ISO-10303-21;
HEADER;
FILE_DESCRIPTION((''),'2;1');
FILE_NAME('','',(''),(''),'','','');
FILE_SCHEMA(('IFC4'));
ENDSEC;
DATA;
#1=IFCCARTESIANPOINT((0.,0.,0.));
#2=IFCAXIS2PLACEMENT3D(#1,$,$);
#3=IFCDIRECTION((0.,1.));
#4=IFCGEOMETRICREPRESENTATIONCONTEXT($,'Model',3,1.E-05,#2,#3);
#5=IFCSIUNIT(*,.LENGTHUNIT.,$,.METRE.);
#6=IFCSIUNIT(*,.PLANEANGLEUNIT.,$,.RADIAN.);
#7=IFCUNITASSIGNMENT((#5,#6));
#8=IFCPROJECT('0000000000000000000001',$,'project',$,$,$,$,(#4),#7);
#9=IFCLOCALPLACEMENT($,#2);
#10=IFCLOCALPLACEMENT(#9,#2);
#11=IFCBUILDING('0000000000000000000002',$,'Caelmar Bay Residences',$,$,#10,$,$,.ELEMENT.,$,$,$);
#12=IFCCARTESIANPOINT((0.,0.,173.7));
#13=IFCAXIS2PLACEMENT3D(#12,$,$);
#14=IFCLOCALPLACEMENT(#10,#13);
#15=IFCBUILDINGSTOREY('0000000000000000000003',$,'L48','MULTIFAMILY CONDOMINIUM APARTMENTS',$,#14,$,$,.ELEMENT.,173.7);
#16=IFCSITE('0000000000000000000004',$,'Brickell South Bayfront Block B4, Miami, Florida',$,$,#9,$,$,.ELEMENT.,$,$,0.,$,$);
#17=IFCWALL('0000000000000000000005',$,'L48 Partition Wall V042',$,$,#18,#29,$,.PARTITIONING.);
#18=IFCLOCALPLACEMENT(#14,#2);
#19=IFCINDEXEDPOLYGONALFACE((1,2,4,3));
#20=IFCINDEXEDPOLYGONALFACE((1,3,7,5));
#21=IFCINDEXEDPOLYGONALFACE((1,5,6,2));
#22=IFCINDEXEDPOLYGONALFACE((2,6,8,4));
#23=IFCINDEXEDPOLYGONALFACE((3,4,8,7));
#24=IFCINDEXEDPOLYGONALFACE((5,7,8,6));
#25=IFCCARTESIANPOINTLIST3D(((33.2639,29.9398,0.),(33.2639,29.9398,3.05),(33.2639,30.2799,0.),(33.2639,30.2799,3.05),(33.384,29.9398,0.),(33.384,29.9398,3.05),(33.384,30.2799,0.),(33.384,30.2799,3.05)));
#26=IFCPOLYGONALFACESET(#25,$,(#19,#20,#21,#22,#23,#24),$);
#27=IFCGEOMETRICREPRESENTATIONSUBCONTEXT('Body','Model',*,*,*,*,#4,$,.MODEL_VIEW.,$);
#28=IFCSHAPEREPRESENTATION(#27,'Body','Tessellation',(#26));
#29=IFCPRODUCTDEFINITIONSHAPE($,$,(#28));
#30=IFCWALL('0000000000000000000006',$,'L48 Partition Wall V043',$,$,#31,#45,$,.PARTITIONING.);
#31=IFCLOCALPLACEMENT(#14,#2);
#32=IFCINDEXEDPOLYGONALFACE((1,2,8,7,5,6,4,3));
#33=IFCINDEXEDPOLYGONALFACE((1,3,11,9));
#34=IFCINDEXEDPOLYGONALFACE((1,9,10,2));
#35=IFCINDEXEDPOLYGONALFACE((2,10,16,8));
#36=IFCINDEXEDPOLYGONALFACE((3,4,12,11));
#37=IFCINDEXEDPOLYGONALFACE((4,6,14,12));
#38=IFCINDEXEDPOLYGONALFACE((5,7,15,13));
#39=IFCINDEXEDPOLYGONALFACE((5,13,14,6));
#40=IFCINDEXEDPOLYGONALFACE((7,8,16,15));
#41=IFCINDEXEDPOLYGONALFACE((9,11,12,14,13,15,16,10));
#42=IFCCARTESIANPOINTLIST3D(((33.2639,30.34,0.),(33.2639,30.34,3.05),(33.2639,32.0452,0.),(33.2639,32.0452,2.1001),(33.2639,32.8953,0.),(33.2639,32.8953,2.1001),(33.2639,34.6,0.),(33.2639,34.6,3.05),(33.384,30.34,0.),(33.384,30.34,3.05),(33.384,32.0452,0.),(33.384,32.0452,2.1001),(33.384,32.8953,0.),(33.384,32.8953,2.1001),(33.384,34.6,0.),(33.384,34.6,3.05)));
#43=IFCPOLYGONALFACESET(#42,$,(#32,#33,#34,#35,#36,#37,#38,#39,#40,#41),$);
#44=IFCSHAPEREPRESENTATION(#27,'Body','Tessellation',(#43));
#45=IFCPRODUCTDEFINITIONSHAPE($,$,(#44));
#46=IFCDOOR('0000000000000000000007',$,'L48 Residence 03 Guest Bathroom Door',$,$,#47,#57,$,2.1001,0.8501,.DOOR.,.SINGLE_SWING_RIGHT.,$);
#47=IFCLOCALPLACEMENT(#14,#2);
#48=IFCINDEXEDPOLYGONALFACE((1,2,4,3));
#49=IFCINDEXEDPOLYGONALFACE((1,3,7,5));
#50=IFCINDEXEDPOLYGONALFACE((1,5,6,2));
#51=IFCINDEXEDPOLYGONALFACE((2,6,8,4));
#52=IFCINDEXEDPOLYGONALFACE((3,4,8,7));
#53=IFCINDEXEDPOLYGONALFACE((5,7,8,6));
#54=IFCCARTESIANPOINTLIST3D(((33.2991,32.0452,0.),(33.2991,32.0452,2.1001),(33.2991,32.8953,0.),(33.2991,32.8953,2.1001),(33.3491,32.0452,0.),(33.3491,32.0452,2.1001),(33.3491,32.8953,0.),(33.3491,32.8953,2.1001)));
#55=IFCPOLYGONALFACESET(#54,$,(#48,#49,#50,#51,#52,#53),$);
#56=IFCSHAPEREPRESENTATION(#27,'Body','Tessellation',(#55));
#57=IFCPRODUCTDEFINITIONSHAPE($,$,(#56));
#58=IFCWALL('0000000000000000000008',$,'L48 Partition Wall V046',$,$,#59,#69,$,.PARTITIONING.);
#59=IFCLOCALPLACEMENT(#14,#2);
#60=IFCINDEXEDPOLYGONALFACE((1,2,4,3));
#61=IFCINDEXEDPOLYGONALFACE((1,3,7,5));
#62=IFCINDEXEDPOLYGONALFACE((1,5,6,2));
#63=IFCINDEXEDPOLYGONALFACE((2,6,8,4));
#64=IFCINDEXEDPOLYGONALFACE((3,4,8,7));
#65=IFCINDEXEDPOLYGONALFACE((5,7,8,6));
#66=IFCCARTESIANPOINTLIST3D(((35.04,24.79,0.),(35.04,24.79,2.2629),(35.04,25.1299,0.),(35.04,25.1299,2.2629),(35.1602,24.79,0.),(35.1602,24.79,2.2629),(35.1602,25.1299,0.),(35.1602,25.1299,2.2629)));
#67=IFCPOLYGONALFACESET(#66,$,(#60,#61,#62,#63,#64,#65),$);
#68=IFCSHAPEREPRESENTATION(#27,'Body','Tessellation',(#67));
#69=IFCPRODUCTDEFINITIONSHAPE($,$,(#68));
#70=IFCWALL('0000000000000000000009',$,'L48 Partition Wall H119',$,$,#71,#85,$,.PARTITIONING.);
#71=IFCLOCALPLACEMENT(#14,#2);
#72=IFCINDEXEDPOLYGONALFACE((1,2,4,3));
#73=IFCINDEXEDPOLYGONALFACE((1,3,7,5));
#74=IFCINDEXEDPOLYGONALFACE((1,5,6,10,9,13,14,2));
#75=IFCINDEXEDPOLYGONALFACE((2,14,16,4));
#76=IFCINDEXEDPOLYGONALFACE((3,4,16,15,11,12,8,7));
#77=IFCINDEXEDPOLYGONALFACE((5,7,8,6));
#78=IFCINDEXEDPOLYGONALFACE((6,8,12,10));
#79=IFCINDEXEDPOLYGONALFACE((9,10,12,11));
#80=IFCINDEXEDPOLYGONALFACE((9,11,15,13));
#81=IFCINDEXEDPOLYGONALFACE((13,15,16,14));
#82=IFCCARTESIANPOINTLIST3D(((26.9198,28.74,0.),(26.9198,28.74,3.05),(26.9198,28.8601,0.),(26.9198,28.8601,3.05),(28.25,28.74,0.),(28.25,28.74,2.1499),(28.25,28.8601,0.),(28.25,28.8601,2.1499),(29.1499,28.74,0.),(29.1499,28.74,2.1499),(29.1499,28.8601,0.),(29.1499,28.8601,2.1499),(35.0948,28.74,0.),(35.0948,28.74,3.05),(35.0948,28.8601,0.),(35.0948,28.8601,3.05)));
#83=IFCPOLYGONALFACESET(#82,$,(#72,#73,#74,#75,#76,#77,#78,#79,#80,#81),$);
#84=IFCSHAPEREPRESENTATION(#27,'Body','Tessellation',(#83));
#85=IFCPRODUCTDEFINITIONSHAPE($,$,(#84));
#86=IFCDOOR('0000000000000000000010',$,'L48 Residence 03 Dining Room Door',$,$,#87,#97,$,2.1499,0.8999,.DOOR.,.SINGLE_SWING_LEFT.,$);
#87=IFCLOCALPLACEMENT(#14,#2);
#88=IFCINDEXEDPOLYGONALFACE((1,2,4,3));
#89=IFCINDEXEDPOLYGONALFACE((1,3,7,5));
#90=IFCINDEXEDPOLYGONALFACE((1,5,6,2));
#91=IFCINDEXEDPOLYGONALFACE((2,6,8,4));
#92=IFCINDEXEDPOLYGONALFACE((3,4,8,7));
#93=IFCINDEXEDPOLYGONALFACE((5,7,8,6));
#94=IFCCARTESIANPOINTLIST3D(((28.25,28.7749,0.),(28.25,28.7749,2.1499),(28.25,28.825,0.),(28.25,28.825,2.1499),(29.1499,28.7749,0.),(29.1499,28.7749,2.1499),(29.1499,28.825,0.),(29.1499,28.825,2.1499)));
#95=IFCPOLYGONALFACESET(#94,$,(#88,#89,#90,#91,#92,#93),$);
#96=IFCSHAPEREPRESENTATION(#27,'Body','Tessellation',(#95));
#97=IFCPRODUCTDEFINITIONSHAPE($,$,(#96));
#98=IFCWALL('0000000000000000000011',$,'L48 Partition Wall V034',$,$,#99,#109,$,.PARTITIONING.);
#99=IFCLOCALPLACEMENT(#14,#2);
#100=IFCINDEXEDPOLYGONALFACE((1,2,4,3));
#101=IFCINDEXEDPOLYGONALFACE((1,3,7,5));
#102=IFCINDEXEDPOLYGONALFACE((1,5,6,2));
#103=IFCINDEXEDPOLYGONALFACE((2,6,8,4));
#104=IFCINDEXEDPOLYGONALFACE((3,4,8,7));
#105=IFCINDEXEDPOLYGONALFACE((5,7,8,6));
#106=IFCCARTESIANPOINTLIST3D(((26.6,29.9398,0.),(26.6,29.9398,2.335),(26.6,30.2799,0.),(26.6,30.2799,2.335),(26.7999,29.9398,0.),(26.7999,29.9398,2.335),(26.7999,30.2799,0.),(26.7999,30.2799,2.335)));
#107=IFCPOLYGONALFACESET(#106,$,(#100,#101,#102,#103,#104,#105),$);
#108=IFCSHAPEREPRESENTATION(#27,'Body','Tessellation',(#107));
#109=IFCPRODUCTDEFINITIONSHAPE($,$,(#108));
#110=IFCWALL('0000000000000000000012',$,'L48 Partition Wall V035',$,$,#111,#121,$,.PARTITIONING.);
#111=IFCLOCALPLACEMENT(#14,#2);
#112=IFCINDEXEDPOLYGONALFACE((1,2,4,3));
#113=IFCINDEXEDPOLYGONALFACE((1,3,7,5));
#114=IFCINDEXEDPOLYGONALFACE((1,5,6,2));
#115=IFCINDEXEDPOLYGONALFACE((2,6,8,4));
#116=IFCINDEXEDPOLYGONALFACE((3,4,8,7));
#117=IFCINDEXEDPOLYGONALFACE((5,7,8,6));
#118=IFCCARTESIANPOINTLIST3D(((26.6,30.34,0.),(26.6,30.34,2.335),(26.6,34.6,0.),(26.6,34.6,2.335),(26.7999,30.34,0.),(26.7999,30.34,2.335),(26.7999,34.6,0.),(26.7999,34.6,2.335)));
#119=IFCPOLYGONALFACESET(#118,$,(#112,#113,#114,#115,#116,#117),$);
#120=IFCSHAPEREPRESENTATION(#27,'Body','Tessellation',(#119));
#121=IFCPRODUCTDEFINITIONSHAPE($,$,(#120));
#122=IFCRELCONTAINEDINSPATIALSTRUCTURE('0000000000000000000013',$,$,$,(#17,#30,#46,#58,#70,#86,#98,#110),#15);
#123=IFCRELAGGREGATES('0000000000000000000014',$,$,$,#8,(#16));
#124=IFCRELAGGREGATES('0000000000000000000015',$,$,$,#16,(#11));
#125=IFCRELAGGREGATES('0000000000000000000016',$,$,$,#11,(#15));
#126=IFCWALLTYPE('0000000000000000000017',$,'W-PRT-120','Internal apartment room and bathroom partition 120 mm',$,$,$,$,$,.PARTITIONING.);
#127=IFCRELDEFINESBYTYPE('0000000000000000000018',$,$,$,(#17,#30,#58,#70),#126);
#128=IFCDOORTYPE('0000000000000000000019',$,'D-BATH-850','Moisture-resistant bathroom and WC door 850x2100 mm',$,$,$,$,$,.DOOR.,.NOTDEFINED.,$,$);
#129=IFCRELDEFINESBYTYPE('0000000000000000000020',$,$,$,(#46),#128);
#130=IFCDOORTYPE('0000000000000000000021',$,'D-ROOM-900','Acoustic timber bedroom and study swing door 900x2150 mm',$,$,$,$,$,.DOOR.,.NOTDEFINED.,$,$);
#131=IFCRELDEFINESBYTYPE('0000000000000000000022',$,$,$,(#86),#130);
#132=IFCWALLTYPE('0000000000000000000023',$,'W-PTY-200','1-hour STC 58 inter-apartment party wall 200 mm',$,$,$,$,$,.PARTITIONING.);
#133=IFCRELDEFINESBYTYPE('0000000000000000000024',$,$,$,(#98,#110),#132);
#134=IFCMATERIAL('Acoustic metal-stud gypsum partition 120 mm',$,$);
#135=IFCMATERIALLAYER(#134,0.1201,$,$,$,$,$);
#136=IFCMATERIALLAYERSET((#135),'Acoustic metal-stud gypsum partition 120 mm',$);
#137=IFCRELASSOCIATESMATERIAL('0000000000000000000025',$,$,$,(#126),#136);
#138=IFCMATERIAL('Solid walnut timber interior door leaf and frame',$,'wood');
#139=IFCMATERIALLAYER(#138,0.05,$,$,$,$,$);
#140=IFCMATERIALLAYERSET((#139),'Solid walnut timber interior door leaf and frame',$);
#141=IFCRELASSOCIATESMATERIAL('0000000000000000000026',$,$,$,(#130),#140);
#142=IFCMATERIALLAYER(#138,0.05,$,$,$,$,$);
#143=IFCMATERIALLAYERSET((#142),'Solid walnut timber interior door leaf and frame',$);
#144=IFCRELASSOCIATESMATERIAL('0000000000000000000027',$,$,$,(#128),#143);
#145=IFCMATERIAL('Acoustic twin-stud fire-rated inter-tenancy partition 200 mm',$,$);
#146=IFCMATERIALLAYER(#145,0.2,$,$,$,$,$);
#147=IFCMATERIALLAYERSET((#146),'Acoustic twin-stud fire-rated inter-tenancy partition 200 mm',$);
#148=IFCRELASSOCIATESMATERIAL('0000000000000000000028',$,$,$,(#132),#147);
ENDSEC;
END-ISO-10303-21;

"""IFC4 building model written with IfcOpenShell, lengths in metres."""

from ifc_helpers import new_model, si_unit, direction, frame, frame_2d, origin, place, context, subcontext, project, spatial, rectangle, extrude, material, layer, layer_set, type_object, element, fill, save


model = new_model("IFC4")

# Units and contexts
model_context = context("Model", 3, precision=1e-05, world=origin(), true_north=direction((0.0, 1.0)))
body_context = subcontext(model_context, "Body", "Model", "MODEL_VIEW")
ifc_project = project(units=[si_unit("LENGTHUNIT", "METRE"), si_unit("PLANEANGLEUNIT", "RADIAN")], contexts=[model_context])

# Site, building, storey
site_placement = place(None, origin())
site = spatial("IfcSite", under=ifc_project, at=site_placement, Name="Brickell South Bayfront Block B4, Miami, Florida", CompositionType="ELEMENT", RefElevation=0.0)
building_placement = place(site_placement, origin())
building = spatial("IfcBuilding", under=site, at=building_placement, Name="Caelmar Bay Residences", CompositionType="ELEMENT")
storey_placement = place(building_placement, frame((0.0, 0.0, 173.7)))
storey = spatial("IfcBuildingStorey", under=building, at=storey_placement, Name="L48", Description="MULTIFAMILY CONDOMINIUM APARTMENTS", CompositionType="ELEMENT", Elevation=173.7)

# Shared definitions
ifc_material_1 = material(Name="Acoustic metal-stud gypsum partition 120 mm")
ifc_layer_1 = layer(ifc_material_1, 0.1201)
ifc_layer_set_1 = layer_set([ifc_layer_1], Name="Acoustic metal-stud gypsum partition 120 mm")
wall_type_1 = type_object("IfcWallType", Name="W-PRT-120", Description="Internal apartment room and bathroom partition 120 mm", PredefinedType="PARTITIONING", material=ifc_layer_set_1)

# Shared definitions
ifc_material_2 = material(Name="Solid walnut timber interior door leaf and frame", Category="wood")
ifc_layer_2 = layer(ifc_material_2, 0.05)
ifc_layer_set_2 = layer_set([ifc_layer_2], Name="Solid walnut timber interior door leaf and frame")
door_type_1 = type_object("IfcDoorType", Name="D-ROOM-900", Description="Acoustic timber bedroom and study swing door 900x2150 mm", OperationType="NOTDEFINED", PredefinedType="DOOR", material=ifc_layer_set_2)

# Wall
wall_1_placement = place(storey_placement, frame((33.324, 29.9399, 0.0), z_axis=(0.0, 0.0, 1.0), x_axis=(0.0, 1.0, 0.0)))
element("IfcWall", 1, at=wall_1_placement, inside=storey, type_object=wall_type_1, Name="L48 Partition Wall V042", PredefinedType="PARTITIONING", context=body_context, shape_type="SweptSolid", body=[
    extrude(rectangle(XDim=0.3401, YDim=0.1201, at=frame_2d((0.1699, 0.0))), origin(), (0.0, 0.0, 1.0), 3.05),
])

# Wall, opening, door
wall_2_placement = place(storey_placement, frame((33.324, 30.3401, 0.0), z_axis=(0.0, 0.0, 1.0), x_axis=(0.0, 1.0, 0.0)))
wall_2 = element("IfcWall", 2, at=wall_2_placement, inside=storey, type_object=wall_type_1, Name="L48 Partition Wall V043", PredefinedType="PARTITIONING", context=body_context, shape_type="SweptSolid", body=[
    extrude(rectangle(XDim=4.26, YDim=0.1201, at=frame_2d((2.1299, 0.0))), origin(), (0.0, 0.0, 1.0), 3.05),
])
opening_1_placement = place(wall_2_placement, frame((1.7051, 0.0, 0.0)))
opening_1 = element("IfcOpeningElement", 3, at=opening_1_placement, cuts=wall_2, PredefinedType="OPENING", context=body_context, shape_type="SweptSolid", body=[
    extrude(rectangle(XDim=0.8501, YDim=2.1001, at=frame_2d((0.425, 1.05))), frame((0.0, 0.0701, 0.0), z_axis=(0.0, -1.0, 0.0), x_axis=(1.0, 0.0, 0.0)), (0.0, 0.0, 1.0), 0.1401),
])
ifc_layer_3 = layer(ifc_material_2, 0.05)
ifc_layer_set_3 = layer_set([ifc_layer_3], Name="Solid walnut timber interior door leaf and frame")
door_type_2 = type_object("IfcDoorType", Name="D-BATH-850", Description="Moisture-resistant bathroom and WC door 850x2100 mm", OperationType="NOTDEFINED", PredefinedType="DOOR", material=ifc_layer_set_3)
door_1_placement = place(opening_1_placement, origin())
door_1 = element("IfcDoor", 4, at=door_1_placement, inside=storey, type_object=door_type_2, Name="L48 Residence 03 Guest Bathroom Door", OperationType="SINGLE_SWING_RIGHT", OverallHeight=2.1001, OverallWidth=0.8501, PredefinedType="DOOR", context=body_context, shape_type="SweptSolid", body=[
    extrude(rectangle(XDim=0.8501, YDim=2.1001, at=frame_2d((0.425, 1.05))), frame((0.0, 0.0249, 0.0), z_axis=(0.0, -1.0, 0.0), x_axis=(1.0, 0.0, 0.0)), (0.0, 0.0, 1.0), 0.05),
])
fill(opening_1, door_1)

# Wall
wall_3_placement = place(storey_placement, frame((35.1001, 24.79, 0.0), z_axis=(0.0, 0.0, 1.0), x_axis=(0.0, 1.0, 0.0)))
element("IfcWall", 5, at=wall_3_placement, inside=storey, type_object=wall_type_1, Name="L48 Partition Wall V046", PredefinedType="PARTITIONING", context=body_context, shape_type="SweptSolid", body=[
    extrude(rectangle(XDim=0.3398, YDim=0.1201, at=frame_2d((0.1699, 0.0))), origin(), (0.0, 0.0, 1.0), 2.2629),
])

# Wall, opening, door
wall_4_placement = place(storey_placement, frame((26.9199, 28.8, 0.0), z_axis=(0.0, 0.0, 1.0), x_axis=(1.0, 0.0, 0.0)))
wall_4 = element("IfcWall", 6, at=wall_4_placement, inside=storey, type_object=wall_type_1, Name="L48 Partition Wall H119", PredefinedType="PARTITIONING", context=body_context, shape_type="SweptSolid", body=[
    extrude(rectangle(XDim=8.175, YDim=0.1201, at=frame_2d((4.0874, 0.0))), origin(), (0.0, 0.0, 1.0), 3.05),
])
opening_2_placement = place(wall_4_placement, frame((1.3301, 0.0, 0.0)))
opening_2 = element("IfcOpeningElement", 7, at=opening_2_placement, cuts=wall_4, PredefinedType="OPENING", context=body_context, shape_type="SweptSolid", body=[
    extrude(rectangle(XDim=0.8999, YDim=2.1499, at=frame_2d((0.45, 1.075))), frame((0.0, 0.0701, 0.0), z_axis=(0.0, -1.0, 0.0), x_axis=(1.0, 0.0, 0.0)), (0.0, 0.0, 1.0), 0.1401),
])
door_2_placement = place(opening_2_placement, origin())
door_2 = element("IfcDoor", 8, at=door_2_placement, inside=storey, type_object=door_type_1, Name="L48 Residence 03 Dining Room Door", OperationType="SINGLE_SWING_LEFT", OverallHeight=2.1499, OverallWidth=0.8999, PredefinedType="DOOR", context=body_context, shape_type="SweptSolid", body=[
    extrude(rectangle(XDim=0.8999, YDim=2.1499, at=frame_2d((0.45, 1.075))), frame((0.0, 0.0249, 0.0), z_axis=(0.0, -1.0, 0.0), x_axis=(1.0, 0.0, 0.0)), (0.0, 0.0, 1.0), 0.05),
])
fill(opening_2, door_2)

# Walls
ifc_material_3 = material(Name="Acoustic twin-stud fire-rated inter-tenancy partition 200 mm")
ifc_layer_4 = layer(ifc_material_3, 0.2)
ifc_layer_set_4 = layer_set([ifc_layer_4], Name="Acoustic twin-stud fire-rated inter-tenancy partition 200 mm")
wall_type_2 = type_object("IfcWallType", Name="W-PTY-200", Description="1-hour STC 58 inter-apartment party wall 200 mm", PredefinedType="PARTITIONING", material=ifc_layer_set_4)
wall_5_placement = place(storey_placement, frame((26.7, 29.9399, 0.0), z_axis=(0.0, 0.0, 1.0), x_axis=(0.0, 1.0, 0.0)))
element("IfcWall", 9, at=wall_5_placement, inside=storey, type_object=wall_type_2, Name="L48 Partition Wall V034", PredefinedType="PARTITIONING", context=body_context, shape_type="SweptSolid", body=[
    extrude(rectangle(XDim=0.3401, YDim=0.2, at=frame_2d((0.1699, 0.0))), origin(), (0.0, 0.0, 1.0), 2.335),
])
wall_6_placement = place(storey_placement, frame((26.7, 30.3401, 0.0), z_axis=(0.0, 0.0, 1.0), x_axis=(0.0, 1.0, 0.0)))
element("IfcWall", 10, at=wall_6_placement, inside=storey, type_object=wall_type_2, Name="L48 Partition Wall V035", PredefinedType="PARTITIONING", context=body_context, shape_type="SweptSolid", body=[
    extrude(rectangle(XDim=4.26, YDim=0.2, at=frame_2d((2.1299, 0.0))), origin(), (0.0, 0.0, 1.0), 2.335),
])

save(model, "model.ifc")
